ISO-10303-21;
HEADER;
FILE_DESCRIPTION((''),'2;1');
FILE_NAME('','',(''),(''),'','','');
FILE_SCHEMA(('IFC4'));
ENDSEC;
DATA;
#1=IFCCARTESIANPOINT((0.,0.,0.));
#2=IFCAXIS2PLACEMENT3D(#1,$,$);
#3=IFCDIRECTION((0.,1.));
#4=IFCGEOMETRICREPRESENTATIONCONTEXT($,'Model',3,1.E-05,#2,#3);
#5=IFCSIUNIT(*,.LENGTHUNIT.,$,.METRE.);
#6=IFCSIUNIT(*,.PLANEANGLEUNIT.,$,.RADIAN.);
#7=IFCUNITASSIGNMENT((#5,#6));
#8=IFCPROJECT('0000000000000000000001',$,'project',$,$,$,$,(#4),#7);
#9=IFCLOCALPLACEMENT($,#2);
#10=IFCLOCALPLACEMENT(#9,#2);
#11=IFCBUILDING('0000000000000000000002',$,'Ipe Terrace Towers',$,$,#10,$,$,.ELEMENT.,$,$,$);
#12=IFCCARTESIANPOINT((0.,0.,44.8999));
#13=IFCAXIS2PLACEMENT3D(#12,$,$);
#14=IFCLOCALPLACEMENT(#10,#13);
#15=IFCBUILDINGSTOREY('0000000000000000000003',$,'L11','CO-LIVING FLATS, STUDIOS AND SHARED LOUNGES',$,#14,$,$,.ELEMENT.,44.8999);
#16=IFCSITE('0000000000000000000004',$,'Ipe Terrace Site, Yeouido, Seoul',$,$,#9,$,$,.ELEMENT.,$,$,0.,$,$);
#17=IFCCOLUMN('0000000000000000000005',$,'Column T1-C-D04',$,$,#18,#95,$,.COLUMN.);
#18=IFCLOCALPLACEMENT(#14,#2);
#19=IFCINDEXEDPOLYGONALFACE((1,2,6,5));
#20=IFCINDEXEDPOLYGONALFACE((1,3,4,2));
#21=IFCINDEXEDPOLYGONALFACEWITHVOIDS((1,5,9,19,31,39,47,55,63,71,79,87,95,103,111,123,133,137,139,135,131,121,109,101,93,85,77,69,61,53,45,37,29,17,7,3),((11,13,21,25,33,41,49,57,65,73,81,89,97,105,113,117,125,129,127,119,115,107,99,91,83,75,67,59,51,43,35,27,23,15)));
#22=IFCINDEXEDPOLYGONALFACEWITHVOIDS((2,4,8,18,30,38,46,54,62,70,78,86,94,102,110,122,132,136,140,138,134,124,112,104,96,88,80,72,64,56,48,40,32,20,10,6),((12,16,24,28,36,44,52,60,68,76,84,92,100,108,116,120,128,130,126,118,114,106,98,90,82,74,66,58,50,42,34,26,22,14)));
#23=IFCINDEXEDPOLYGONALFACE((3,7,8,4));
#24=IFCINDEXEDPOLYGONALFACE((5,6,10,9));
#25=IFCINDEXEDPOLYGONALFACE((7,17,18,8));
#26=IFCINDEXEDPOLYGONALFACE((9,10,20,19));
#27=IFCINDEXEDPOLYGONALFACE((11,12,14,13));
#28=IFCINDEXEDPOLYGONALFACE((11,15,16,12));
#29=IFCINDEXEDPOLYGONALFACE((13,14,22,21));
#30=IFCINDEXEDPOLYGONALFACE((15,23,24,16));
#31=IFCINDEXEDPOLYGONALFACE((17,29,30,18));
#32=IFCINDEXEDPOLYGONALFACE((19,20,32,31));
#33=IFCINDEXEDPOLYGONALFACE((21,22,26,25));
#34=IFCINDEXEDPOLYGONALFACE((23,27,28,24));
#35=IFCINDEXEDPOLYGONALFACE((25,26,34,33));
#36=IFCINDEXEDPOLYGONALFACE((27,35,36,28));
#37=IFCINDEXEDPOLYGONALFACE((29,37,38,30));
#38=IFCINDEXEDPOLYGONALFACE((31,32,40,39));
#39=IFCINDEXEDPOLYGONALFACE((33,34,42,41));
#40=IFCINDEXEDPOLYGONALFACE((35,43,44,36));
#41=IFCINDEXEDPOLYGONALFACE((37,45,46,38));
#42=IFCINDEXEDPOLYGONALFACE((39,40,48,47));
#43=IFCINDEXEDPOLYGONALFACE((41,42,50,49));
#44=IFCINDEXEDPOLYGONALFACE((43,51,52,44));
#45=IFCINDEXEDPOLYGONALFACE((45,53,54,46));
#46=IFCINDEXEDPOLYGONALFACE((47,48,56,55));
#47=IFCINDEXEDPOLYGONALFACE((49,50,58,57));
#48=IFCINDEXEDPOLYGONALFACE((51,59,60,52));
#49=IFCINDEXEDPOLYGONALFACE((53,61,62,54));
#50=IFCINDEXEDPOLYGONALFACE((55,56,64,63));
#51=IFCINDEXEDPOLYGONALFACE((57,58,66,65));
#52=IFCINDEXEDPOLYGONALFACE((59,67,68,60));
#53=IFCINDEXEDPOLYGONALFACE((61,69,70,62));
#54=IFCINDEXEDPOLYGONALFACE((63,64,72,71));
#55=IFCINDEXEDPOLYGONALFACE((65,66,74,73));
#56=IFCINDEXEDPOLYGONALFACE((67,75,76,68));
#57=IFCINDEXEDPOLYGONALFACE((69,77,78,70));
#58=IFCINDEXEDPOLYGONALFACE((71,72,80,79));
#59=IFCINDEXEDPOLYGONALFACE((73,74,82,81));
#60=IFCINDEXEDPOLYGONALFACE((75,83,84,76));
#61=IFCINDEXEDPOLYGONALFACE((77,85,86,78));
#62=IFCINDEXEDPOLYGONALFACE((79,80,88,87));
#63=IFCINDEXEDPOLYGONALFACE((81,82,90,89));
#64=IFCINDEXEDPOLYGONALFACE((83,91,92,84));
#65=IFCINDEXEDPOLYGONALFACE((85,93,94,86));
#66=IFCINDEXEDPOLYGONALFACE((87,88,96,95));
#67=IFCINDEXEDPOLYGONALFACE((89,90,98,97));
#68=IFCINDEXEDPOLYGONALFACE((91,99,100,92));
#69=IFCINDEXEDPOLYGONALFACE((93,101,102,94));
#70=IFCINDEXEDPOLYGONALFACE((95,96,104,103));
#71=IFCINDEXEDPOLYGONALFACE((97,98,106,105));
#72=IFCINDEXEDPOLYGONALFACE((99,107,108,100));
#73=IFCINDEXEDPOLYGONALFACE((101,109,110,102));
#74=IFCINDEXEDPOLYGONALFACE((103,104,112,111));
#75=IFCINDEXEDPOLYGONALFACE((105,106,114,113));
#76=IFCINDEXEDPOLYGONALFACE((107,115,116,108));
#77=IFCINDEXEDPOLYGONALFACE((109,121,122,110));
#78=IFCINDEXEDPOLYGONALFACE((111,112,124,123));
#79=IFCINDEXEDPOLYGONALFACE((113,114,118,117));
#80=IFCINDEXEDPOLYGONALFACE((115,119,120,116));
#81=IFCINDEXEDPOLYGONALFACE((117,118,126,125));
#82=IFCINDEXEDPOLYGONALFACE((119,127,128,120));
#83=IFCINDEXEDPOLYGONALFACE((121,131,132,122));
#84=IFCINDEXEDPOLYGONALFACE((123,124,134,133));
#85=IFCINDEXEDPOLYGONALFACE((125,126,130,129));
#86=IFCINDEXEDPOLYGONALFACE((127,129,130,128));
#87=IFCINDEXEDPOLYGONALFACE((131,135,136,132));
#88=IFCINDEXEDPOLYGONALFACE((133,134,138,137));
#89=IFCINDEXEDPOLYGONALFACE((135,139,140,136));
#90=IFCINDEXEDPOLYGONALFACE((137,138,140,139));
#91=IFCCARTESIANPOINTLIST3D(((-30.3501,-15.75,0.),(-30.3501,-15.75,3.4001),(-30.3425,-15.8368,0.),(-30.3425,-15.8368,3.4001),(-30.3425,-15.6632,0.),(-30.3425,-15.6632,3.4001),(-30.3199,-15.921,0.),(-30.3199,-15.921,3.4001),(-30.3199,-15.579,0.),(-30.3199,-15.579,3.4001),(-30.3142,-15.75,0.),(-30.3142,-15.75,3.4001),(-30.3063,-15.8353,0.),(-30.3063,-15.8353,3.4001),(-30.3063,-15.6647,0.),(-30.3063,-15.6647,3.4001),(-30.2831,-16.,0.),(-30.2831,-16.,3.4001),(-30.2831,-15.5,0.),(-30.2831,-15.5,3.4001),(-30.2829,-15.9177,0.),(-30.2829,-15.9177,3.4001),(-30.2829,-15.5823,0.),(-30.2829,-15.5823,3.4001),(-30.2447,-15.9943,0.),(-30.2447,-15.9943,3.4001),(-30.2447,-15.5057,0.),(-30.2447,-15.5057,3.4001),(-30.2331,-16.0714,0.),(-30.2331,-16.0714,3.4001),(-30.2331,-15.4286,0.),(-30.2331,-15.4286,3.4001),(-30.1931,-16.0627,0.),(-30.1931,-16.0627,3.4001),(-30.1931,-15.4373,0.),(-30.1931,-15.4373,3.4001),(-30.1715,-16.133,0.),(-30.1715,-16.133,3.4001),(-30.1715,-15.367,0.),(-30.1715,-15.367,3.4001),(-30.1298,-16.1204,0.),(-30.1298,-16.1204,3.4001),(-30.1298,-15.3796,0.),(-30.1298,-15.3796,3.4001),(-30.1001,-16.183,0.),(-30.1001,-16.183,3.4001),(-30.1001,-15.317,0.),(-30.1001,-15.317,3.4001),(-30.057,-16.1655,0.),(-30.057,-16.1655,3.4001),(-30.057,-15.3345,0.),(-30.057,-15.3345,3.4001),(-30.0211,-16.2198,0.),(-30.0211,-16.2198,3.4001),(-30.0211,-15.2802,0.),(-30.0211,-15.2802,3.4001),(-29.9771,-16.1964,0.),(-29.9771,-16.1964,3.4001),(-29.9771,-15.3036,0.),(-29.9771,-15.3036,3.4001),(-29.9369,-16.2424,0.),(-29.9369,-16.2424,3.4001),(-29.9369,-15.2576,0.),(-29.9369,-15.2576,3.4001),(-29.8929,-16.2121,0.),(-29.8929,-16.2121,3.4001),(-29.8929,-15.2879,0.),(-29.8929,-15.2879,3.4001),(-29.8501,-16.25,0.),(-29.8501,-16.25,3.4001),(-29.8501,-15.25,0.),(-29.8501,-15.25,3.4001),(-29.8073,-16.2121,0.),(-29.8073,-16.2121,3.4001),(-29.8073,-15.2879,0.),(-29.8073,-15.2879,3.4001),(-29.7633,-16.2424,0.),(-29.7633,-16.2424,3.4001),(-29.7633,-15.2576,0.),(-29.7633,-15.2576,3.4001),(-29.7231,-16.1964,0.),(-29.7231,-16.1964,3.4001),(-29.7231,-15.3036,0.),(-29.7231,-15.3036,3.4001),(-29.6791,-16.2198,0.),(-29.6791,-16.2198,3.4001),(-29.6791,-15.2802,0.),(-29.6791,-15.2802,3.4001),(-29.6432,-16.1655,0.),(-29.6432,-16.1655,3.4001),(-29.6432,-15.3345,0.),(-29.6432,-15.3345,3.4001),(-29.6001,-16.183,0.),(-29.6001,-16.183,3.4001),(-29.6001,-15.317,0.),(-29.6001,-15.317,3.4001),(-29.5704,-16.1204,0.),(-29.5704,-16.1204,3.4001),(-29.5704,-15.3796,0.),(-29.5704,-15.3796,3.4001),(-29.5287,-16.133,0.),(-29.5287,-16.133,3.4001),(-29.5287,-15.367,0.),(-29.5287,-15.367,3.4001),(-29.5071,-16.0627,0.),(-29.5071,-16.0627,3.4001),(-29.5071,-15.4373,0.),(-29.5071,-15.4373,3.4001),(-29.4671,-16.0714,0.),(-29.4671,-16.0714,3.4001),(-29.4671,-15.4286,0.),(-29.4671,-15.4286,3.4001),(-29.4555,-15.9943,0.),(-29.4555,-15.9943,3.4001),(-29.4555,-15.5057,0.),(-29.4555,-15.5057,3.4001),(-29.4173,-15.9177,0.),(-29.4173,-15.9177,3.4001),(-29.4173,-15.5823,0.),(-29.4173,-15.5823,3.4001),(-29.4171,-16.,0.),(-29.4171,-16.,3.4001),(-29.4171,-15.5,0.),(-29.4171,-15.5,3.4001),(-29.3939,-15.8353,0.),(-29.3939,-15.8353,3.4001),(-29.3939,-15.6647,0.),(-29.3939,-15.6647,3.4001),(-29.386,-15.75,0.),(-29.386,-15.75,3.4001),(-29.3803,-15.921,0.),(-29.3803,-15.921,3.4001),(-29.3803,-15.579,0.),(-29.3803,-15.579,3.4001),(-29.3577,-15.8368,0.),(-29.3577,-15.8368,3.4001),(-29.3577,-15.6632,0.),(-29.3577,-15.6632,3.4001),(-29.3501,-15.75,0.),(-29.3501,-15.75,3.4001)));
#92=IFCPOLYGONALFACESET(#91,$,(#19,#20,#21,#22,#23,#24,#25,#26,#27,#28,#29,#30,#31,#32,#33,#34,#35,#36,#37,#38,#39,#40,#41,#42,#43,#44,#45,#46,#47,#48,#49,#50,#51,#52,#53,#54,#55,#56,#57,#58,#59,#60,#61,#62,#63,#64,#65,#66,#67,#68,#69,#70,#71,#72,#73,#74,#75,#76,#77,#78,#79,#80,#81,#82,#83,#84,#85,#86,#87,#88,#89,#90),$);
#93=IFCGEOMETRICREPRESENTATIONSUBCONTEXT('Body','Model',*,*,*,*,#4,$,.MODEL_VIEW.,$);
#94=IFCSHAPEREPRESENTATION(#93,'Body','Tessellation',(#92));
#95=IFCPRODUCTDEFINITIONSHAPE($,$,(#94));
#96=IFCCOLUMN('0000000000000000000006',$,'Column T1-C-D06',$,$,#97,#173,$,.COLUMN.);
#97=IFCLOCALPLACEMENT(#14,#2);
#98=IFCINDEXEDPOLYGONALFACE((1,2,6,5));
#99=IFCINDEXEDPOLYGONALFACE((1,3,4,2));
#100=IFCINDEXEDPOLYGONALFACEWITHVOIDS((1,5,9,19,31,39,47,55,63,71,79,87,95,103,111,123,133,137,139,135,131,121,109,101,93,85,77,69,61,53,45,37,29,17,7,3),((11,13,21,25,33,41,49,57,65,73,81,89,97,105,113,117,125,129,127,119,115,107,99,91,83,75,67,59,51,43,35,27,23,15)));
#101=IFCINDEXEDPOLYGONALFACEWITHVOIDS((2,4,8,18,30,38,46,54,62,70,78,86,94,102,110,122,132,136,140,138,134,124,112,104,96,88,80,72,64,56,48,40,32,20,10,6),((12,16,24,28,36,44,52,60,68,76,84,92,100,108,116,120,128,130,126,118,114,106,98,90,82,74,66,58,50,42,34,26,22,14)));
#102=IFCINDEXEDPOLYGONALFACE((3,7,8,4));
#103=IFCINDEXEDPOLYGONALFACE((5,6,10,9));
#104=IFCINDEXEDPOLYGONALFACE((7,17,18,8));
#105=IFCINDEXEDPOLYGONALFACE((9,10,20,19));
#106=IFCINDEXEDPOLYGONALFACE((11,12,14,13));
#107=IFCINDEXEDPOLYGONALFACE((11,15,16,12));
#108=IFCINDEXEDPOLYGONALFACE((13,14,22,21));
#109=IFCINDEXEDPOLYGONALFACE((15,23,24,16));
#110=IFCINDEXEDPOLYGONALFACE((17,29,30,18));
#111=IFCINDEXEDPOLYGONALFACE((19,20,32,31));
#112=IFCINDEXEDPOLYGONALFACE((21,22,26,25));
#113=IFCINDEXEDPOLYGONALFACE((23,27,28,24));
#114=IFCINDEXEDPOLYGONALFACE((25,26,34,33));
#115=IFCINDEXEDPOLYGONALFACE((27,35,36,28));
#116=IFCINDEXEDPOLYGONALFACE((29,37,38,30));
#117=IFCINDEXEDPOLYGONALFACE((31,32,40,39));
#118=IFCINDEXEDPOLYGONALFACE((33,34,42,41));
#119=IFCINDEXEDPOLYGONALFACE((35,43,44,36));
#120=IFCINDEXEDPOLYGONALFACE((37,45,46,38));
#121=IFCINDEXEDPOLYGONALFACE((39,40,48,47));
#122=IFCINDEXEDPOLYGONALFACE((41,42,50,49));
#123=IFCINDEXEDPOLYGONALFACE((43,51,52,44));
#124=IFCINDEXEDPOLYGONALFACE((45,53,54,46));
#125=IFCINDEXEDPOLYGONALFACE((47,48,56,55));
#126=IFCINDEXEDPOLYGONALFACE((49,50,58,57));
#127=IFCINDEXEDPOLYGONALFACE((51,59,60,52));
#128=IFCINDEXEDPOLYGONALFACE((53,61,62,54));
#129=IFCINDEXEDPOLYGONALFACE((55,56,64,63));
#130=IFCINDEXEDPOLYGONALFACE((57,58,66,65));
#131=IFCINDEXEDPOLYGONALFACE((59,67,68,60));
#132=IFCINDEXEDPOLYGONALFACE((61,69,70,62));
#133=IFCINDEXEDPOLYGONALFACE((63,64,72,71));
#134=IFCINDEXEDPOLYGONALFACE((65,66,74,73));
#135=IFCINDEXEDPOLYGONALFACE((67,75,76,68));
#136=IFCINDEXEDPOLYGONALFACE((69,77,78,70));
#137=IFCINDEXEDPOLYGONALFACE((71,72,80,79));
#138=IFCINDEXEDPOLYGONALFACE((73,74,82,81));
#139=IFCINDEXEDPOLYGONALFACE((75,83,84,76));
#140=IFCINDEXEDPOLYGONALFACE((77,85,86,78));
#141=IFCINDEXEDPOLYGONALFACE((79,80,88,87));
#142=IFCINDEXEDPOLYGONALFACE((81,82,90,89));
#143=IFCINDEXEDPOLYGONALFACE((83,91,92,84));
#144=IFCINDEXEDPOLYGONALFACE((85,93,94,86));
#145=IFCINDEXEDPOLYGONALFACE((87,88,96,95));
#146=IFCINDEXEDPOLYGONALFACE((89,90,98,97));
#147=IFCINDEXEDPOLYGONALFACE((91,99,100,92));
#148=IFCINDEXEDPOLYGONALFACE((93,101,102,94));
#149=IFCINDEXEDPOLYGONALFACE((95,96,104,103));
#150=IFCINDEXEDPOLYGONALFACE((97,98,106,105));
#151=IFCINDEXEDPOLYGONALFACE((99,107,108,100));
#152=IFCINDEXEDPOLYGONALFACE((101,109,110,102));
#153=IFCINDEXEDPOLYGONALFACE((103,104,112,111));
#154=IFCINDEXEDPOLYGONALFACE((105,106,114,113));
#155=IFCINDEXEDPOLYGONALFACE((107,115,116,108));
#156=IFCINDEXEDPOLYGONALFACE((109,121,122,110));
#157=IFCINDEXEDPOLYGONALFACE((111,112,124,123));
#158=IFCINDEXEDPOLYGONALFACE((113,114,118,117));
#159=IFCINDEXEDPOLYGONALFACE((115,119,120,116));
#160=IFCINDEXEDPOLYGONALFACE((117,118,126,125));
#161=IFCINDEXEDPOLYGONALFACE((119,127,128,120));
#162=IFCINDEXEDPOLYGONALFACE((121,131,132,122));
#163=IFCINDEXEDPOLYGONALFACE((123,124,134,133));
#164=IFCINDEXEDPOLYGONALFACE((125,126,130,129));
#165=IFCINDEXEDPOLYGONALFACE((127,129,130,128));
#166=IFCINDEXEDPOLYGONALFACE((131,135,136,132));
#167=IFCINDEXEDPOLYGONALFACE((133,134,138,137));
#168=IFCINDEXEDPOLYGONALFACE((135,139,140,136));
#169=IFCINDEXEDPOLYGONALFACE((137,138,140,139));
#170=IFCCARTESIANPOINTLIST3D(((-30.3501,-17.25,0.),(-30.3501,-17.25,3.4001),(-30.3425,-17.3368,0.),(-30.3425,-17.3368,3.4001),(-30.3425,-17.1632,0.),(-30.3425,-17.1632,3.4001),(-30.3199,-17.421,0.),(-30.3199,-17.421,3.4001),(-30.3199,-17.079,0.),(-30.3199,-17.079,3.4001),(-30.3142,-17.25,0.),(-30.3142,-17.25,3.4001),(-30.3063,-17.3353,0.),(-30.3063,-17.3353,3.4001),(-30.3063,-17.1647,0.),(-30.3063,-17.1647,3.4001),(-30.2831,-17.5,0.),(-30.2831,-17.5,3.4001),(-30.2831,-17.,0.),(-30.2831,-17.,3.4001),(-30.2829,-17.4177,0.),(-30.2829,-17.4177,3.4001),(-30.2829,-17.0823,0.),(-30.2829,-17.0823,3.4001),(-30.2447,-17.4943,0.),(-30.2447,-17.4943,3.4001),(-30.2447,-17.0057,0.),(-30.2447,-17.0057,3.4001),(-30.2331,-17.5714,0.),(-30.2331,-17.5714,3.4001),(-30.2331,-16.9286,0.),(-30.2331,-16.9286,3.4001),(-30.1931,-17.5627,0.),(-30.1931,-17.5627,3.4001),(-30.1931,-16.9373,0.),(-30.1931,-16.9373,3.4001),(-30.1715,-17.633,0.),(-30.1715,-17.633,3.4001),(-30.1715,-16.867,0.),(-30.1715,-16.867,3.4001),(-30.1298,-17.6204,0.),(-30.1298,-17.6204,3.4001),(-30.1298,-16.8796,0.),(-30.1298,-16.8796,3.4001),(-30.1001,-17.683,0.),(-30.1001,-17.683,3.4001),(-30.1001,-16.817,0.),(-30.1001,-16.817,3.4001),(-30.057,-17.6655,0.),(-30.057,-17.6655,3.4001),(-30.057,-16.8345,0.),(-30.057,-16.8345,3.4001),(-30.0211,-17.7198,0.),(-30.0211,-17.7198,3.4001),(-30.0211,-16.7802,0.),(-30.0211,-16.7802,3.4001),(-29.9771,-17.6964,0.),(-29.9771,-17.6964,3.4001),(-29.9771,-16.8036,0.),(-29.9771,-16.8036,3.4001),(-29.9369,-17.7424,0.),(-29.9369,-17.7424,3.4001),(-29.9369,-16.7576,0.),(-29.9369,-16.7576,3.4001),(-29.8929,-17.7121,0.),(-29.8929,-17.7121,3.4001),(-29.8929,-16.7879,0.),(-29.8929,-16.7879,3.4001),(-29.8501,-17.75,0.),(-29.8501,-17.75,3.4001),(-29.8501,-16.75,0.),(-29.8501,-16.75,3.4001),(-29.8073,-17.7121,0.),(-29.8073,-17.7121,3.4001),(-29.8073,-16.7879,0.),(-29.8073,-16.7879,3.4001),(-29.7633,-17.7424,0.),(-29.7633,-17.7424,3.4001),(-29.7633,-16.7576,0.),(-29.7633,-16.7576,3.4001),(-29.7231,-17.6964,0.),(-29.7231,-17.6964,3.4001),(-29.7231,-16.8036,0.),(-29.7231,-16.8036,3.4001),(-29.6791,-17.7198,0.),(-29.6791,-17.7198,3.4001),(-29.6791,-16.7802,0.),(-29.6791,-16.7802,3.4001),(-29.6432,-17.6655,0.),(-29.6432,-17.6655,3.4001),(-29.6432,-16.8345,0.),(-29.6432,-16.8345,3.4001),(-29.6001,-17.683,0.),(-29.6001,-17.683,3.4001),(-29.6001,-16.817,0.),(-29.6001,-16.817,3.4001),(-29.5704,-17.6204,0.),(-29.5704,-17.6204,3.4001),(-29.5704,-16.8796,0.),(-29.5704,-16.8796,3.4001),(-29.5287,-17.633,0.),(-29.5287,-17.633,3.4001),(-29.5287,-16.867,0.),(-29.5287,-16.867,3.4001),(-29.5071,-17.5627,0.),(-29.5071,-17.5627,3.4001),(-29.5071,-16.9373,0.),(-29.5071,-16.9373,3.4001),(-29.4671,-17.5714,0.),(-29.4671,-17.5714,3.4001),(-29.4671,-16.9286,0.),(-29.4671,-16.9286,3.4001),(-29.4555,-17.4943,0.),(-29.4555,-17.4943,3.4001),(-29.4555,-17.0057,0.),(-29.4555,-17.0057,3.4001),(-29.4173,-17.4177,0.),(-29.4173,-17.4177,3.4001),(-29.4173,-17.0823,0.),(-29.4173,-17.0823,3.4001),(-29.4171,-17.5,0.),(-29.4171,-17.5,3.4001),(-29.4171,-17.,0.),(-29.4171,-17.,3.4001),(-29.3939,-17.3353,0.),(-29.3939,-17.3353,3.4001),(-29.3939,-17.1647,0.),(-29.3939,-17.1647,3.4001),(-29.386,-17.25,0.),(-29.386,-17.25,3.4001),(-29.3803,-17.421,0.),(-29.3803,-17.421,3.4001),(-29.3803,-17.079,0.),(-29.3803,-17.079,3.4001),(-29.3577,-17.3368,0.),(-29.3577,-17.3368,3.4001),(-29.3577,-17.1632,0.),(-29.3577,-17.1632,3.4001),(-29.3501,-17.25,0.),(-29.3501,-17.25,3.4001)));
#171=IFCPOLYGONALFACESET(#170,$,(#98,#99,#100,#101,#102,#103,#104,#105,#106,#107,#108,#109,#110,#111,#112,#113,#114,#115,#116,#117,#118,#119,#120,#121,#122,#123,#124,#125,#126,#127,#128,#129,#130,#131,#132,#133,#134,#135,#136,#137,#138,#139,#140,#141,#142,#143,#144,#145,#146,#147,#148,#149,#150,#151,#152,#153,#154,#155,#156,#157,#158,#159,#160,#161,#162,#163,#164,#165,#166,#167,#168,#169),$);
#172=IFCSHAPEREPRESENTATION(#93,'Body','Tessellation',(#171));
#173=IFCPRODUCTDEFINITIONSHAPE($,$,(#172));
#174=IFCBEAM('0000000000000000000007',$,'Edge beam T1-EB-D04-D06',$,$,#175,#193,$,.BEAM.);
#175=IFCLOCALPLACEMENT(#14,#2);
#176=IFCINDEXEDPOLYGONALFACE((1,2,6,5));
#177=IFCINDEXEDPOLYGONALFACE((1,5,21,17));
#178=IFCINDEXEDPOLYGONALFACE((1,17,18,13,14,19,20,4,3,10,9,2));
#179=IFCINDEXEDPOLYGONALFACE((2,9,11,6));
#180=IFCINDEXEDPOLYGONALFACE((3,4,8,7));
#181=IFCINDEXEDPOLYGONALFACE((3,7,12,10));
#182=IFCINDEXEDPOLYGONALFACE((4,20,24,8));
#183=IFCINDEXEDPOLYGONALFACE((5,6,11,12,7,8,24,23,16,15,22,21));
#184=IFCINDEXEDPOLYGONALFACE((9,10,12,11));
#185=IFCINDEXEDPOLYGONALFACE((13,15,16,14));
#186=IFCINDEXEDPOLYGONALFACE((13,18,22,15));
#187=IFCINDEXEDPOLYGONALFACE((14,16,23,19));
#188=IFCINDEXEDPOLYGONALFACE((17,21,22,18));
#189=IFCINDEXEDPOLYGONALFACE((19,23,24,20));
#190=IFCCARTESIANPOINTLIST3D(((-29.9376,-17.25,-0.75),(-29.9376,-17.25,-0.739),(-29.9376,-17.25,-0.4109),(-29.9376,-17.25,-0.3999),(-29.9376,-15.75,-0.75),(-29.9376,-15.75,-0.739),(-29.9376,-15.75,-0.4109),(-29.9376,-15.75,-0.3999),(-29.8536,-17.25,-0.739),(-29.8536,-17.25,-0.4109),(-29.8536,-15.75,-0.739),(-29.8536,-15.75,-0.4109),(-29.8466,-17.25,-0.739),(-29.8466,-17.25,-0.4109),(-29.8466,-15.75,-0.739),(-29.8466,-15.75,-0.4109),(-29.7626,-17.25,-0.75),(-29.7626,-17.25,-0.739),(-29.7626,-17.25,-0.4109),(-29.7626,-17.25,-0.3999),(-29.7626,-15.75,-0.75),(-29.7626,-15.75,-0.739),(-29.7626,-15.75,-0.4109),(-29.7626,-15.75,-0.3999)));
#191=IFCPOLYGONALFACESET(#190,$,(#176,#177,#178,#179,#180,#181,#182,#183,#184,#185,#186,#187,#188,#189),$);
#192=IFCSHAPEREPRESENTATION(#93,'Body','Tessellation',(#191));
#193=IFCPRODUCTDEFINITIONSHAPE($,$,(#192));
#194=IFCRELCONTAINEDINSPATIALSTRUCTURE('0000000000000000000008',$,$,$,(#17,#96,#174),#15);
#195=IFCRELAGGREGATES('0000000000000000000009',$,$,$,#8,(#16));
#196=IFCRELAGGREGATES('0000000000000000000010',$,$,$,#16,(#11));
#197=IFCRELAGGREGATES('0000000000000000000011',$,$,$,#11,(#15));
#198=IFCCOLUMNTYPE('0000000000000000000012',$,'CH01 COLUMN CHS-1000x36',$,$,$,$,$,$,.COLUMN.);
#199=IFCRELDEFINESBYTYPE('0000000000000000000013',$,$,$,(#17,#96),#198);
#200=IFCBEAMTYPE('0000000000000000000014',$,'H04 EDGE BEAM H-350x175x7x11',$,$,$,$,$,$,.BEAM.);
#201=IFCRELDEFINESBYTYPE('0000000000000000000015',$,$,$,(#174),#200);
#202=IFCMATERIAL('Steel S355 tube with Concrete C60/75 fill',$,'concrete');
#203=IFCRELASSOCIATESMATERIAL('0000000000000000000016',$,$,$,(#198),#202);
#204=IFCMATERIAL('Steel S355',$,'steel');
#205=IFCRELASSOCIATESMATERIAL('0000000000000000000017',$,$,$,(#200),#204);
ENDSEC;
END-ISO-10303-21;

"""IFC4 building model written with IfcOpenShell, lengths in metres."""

from ifc_helpers import new_model, si_unit, direction, frame, origin, origin_2d, place, context, subcontext, project, spatial, hollow_circle, i_section, extrude, material, material_profile, profile_set, type_object, element, save


model = new_model("IFC4")

# Units and contexts
model_context = context("Model", 3, precision=1e-05, world=origin(), true_north=direction((0.0, 1.0)))
body_context = subcontext(model_context, "Body", "Model", "MODEL_VIEW")
ifc_project = project(units=[si_unit("LENGTHUNIT", "METRE"), si_unit("PLANEANGLEUNIT", "RADIAN")], contexts=[model_context])

# Site, building, storey
site_placement = place(None, origin())
site = spatial("IfcSite", under=ifc_project, at=site_placement, Name="Ipe Terrace Site, Yeouido, Seoul", CompositionType="ELEMENT", RefElevation=0.0)
building_placement = place(site_placement, origin())
building = spatial("IfcBuilding", under=site, at=building_placement, Name="Ipe Terrace Towers", CompositionType="ELEMENT")
storey_placement = place(building_placement, frame((0.0, 0.0, 44.8999)))
storey = spatial("IfcBuildingStorey", under=building, at=storey_placement, Name="L11", Description="CO-LIVING FLATS, STUDIOS AND SHARED LOUNGES", CompositionType="ELEMENT", Elevation=44.8999)

# Columns
ifc_material_1 = material(Name="Steel S355 tube with Concrete C60/75 fill", Category="concrete")
ifc_material_profile_1 = material_profile(ifc_material_1, hollow_circle(Radius=0.5, WallThickness=0.0359, at=origin_2d()), Name="CHS-1000x36")
ifc_profile_set_1 = profile_set([ifc_material_profile_1], Name="Steel S355 tube with Concrete C60/75 fill")
column_type = type_object("IfcColumnType", Name="CH01 COLUMN CHS-1000x36", PredefinedType="COLUMN", material=ifc_profile_set_1)
for number, where, z_axis, x_axis, name in (
    (1, (-29.8501, -15.75, 0.0), (0.0, 0.0, 1.0), (1.0, 0.0, 0.0), "Column T1-C-D04"),
    (2, (-29.8501, -17.25, 0.0), (0.0, 0.0, 1.0), (1.0, 0.0, 0.0), "Column T1-C-D06"),
):
    element("IfcColumn", number, at=place(storey_placement, frame(where, z_axis=z_axis, x_axis=x_axis)), inside=storey, type_object=column_type, Name=name, PredefinedType="COLUMN", context=body_context, shape_type="SweptSolid", body=[
        extrude(hollow_circle(Radius=0.5, WallThickness=0.0359, at=origin_2d()), origin(), (0.0, 0.0, 1.0), 3.4001),
    ])

# Beam
ifc_material_2 = material(Name="Steel S355", Category="steel")
ifc_material_profile_2 = material_profile(ifc_material_2, i_section(OverallWidth=0.175, OverallDepth=0.3501, WebThickness=0.0071, FlangeThickness=0.011, at=origin_2d()), Name="H-350x175x7x11")
ifc_profile_set_2 = profile_set([ifc_material_profile_2], Name="Steel S355")
beam_type = type_object("IfcBeamType", Name="H04 EDGE BEAM H-350x175x7x11", PredefinedType="BEAM", material=ifc_profile_set_2)
beam_placement = place(storey_placement, frame((-29.8501, -15.75, -0.575), z_axis=(0.0, -1.0, 0.0), x_axis=(1.0, 0.0, 0.0)))
element("IfcBeam", 3, at=beam_placement, inside=storey, type_object=beam_type, Name="Edge beam T1-EB-D04-D06", PredefinedType="BEAM", context=body_context, shape_type="SweptSolid", body=[
    extrude(i_section(OverallWidth=0.175, OverallDepth=0.3501, WebThickness=0.0071, FlangeThickness=0.011, at=origin_2d()), origin(), (0.0, 0.0, 1.0), 1.5),
])

save(model, "model.ifc")
